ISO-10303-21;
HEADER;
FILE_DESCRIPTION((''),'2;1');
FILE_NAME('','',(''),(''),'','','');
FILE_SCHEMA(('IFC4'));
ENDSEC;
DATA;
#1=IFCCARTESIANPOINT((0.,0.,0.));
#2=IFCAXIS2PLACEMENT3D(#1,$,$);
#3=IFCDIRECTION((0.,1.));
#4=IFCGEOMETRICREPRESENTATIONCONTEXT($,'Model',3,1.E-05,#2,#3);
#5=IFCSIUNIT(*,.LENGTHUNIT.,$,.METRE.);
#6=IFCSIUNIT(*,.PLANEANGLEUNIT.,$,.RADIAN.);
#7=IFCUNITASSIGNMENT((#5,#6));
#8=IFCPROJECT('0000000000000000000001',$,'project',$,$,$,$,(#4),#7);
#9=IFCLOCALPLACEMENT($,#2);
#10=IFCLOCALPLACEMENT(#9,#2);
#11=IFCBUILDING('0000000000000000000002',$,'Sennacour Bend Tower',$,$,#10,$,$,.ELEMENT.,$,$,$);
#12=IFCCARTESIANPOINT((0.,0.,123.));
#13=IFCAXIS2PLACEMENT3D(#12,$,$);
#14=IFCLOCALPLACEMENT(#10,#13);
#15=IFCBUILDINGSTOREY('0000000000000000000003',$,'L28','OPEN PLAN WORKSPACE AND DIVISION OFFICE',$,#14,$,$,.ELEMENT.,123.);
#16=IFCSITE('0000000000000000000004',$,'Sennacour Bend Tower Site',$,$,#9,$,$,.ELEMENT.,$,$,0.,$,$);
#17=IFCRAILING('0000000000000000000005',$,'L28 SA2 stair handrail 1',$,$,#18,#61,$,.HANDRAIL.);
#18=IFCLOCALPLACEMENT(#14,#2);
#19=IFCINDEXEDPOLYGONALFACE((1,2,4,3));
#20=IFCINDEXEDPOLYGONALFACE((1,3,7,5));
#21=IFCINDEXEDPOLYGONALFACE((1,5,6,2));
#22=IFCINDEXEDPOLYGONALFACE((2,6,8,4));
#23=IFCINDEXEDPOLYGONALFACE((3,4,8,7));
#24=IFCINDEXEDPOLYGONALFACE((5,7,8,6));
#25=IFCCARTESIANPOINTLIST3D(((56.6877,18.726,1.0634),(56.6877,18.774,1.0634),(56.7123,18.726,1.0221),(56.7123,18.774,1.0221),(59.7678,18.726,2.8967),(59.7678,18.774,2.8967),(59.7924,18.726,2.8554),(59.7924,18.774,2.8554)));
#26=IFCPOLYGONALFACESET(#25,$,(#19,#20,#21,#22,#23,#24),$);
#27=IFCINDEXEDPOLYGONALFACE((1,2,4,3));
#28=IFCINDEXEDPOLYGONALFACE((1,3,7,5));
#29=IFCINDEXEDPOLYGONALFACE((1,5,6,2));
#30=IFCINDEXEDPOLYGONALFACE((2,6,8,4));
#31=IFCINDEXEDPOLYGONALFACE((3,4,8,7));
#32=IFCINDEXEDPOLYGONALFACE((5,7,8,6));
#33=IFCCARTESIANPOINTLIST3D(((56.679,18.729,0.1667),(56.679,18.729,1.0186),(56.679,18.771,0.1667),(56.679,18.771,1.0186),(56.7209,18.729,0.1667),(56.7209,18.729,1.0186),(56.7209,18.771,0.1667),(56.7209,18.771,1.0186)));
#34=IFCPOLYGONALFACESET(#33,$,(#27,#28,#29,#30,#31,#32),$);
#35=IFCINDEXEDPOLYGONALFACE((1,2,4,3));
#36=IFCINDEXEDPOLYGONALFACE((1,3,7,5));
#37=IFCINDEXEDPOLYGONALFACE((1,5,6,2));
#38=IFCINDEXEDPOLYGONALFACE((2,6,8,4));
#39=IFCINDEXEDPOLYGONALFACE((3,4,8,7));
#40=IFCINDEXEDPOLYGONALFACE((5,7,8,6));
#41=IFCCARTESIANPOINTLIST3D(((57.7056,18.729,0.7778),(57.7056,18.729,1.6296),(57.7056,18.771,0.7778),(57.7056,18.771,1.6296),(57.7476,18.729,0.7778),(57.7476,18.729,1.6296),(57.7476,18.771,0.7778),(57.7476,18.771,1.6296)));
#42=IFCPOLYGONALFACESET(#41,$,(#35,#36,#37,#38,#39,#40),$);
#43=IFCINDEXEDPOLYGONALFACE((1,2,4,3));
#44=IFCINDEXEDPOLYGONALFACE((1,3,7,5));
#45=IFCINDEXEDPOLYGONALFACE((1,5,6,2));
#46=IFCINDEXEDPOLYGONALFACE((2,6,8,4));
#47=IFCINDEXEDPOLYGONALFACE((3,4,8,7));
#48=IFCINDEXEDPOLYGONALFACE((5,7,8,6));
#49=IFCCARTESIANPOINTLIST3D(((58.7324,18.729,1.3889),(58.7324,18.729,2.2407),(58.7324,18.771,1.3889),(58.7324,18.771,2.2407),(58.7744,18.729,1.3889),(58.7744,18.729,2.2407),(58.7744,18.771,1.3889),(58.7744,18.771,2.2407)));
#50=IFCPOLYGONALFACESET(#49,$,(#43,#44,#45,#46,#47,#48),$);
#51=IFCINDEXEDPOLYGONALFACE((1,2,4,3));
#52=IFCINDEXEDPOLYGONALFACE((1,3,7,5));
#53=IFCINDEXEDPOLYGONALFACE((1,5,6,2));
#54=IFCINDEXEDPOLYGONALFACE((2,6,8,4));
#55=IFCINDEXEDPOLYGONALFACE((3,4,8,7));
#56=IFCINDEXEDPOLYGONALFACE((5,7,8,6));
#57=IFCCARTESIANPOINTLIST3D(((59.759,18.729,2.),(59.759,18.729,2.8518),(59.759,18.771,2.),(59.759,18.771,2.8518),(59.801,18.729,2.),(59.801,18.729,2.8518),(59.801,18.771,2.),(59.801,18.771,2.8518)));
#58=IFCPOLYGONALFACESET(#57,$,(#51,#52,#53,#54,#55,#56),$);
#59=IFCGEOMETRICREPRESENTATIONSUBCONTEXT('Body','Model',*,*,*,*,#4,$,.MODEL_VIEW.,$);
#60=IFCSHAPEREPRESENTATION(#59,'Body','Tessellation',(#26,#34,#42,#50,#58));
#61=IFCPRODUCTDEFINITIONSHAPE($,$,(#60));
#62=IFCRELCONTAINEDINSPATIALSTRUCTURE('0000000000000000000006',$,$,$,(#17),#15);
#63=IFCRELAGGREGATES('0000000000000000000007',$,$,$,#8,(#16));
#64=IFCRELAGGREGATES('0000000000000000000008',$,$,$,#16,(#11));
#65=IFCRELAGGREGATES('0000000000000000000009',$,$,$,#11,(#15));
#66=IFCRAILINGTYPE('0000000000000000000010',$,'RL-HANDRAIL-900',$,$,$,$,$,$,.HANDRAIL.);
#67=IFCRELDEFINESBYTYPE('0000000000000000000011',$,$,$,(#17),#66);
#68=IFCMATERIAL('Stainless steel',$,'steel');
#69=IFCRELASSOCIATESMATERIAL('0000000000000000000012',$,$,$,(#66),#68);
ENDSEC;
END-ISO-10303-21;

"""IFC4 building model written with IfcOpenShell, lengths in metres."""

from ifc_helpers import new_model, si_unit, direction, frame, origin, origin_2d, place, context, subcontext, project, spatial, rectangle, extrude, material, type_object, element, save


model = new_model("IFC4")

# Units and contexts
model_context = context("Model", 3, precision=1e-05, world=origin(), true_north=direction((0.0, 1.0)))
body_context = subcontext(model_context, "Body", "Model", "MODEL_VIEW")
ifc_project = project(units=[si_unit("LENGTHUNIT", "METRE"), si_unit("PLANEANGLEUNIT", "RADIAN")], contexts=[model_context])

# Site, building, storey
site_placement = place(None, origin())
site = spatial("IfcSite", under=ifc_project, at=site_placement, Name="Sennacour Bend Tower Site", CompositionType="ELEMENT", RefElevation=0.0)
building_placement = place(site_placement, origin())
building = spatial("IfcBuilding", under=site, at=building_placement, Name="Sennacour Bend Tower", CompositionType="ELEMENT")
storey_placement = place(building_placement, frame((0.0, 0.0, 123.0)))
storey = spatial("IfcBuildingStorey", under=building, at=storey_placement, Name="L28", Description="OPEN PLAN WORKSPACE AND DIVISION OFFICE", CompositionType="ELEMENT", Elevation=123.0)

# Shared definitions
ifc_material_1 = material(Name="Stainless steel", Category="steel")

# Railing
railing_type_1 = type_object("IfcRailingType", Name="RL-HANDRAIL-900", PredefinedType="HANDRAIL", material=ifc_material_1)
railing_1_placement = place(storey_placement, frame((56.7, 18.75, 0.1667)))
element("IfcRailing", 1, at=railing_1_placement, inside=storey, type_object=railing_type_1, Name="L28 SA2 stair handrail 1", PredefinedType="HANDRAIL", context=body_context, shape_type="SweptSolid", body=[
    extrude(rectangle(XDim=0.0481, YDim=0.0481, at=origin_2d()), frame((0.0, 0.0, 0.876), z_axis=(0.859309, 0.0, 0.511458), x_axis=(0.0, 1.0, 0.0)), (0.0, 0.0, 1.0), 3.5845),
    extrude(rectangle(XDim=0.042, YDim=0.042, at=origin_2d()), origin(), (0.0, 0.0, 1.0), 0.8518),
    extrude(rectangle(XDim=0.042, YDim=0.042, at=origin_2d()), frame((1.0266, 0.0, 0.6111)), (0.0, 0.0, 1.0), 0.8518),
    extrude(rectangle(XDim=0.042, YDim=0.042, at=origin_2d()), frame((2.0535, 0.0, 1.2222)), (0.0, 0.0, 1.0), 0.8518),
    extrude(rectangle(XDim=0.042, YDim=0.042, at=origin_2d()), frame((3.0801, 0.0, 1.8333)), (0.0, 0.0, 1.0), 0.8518),
])

save(model, "model.ifc")
